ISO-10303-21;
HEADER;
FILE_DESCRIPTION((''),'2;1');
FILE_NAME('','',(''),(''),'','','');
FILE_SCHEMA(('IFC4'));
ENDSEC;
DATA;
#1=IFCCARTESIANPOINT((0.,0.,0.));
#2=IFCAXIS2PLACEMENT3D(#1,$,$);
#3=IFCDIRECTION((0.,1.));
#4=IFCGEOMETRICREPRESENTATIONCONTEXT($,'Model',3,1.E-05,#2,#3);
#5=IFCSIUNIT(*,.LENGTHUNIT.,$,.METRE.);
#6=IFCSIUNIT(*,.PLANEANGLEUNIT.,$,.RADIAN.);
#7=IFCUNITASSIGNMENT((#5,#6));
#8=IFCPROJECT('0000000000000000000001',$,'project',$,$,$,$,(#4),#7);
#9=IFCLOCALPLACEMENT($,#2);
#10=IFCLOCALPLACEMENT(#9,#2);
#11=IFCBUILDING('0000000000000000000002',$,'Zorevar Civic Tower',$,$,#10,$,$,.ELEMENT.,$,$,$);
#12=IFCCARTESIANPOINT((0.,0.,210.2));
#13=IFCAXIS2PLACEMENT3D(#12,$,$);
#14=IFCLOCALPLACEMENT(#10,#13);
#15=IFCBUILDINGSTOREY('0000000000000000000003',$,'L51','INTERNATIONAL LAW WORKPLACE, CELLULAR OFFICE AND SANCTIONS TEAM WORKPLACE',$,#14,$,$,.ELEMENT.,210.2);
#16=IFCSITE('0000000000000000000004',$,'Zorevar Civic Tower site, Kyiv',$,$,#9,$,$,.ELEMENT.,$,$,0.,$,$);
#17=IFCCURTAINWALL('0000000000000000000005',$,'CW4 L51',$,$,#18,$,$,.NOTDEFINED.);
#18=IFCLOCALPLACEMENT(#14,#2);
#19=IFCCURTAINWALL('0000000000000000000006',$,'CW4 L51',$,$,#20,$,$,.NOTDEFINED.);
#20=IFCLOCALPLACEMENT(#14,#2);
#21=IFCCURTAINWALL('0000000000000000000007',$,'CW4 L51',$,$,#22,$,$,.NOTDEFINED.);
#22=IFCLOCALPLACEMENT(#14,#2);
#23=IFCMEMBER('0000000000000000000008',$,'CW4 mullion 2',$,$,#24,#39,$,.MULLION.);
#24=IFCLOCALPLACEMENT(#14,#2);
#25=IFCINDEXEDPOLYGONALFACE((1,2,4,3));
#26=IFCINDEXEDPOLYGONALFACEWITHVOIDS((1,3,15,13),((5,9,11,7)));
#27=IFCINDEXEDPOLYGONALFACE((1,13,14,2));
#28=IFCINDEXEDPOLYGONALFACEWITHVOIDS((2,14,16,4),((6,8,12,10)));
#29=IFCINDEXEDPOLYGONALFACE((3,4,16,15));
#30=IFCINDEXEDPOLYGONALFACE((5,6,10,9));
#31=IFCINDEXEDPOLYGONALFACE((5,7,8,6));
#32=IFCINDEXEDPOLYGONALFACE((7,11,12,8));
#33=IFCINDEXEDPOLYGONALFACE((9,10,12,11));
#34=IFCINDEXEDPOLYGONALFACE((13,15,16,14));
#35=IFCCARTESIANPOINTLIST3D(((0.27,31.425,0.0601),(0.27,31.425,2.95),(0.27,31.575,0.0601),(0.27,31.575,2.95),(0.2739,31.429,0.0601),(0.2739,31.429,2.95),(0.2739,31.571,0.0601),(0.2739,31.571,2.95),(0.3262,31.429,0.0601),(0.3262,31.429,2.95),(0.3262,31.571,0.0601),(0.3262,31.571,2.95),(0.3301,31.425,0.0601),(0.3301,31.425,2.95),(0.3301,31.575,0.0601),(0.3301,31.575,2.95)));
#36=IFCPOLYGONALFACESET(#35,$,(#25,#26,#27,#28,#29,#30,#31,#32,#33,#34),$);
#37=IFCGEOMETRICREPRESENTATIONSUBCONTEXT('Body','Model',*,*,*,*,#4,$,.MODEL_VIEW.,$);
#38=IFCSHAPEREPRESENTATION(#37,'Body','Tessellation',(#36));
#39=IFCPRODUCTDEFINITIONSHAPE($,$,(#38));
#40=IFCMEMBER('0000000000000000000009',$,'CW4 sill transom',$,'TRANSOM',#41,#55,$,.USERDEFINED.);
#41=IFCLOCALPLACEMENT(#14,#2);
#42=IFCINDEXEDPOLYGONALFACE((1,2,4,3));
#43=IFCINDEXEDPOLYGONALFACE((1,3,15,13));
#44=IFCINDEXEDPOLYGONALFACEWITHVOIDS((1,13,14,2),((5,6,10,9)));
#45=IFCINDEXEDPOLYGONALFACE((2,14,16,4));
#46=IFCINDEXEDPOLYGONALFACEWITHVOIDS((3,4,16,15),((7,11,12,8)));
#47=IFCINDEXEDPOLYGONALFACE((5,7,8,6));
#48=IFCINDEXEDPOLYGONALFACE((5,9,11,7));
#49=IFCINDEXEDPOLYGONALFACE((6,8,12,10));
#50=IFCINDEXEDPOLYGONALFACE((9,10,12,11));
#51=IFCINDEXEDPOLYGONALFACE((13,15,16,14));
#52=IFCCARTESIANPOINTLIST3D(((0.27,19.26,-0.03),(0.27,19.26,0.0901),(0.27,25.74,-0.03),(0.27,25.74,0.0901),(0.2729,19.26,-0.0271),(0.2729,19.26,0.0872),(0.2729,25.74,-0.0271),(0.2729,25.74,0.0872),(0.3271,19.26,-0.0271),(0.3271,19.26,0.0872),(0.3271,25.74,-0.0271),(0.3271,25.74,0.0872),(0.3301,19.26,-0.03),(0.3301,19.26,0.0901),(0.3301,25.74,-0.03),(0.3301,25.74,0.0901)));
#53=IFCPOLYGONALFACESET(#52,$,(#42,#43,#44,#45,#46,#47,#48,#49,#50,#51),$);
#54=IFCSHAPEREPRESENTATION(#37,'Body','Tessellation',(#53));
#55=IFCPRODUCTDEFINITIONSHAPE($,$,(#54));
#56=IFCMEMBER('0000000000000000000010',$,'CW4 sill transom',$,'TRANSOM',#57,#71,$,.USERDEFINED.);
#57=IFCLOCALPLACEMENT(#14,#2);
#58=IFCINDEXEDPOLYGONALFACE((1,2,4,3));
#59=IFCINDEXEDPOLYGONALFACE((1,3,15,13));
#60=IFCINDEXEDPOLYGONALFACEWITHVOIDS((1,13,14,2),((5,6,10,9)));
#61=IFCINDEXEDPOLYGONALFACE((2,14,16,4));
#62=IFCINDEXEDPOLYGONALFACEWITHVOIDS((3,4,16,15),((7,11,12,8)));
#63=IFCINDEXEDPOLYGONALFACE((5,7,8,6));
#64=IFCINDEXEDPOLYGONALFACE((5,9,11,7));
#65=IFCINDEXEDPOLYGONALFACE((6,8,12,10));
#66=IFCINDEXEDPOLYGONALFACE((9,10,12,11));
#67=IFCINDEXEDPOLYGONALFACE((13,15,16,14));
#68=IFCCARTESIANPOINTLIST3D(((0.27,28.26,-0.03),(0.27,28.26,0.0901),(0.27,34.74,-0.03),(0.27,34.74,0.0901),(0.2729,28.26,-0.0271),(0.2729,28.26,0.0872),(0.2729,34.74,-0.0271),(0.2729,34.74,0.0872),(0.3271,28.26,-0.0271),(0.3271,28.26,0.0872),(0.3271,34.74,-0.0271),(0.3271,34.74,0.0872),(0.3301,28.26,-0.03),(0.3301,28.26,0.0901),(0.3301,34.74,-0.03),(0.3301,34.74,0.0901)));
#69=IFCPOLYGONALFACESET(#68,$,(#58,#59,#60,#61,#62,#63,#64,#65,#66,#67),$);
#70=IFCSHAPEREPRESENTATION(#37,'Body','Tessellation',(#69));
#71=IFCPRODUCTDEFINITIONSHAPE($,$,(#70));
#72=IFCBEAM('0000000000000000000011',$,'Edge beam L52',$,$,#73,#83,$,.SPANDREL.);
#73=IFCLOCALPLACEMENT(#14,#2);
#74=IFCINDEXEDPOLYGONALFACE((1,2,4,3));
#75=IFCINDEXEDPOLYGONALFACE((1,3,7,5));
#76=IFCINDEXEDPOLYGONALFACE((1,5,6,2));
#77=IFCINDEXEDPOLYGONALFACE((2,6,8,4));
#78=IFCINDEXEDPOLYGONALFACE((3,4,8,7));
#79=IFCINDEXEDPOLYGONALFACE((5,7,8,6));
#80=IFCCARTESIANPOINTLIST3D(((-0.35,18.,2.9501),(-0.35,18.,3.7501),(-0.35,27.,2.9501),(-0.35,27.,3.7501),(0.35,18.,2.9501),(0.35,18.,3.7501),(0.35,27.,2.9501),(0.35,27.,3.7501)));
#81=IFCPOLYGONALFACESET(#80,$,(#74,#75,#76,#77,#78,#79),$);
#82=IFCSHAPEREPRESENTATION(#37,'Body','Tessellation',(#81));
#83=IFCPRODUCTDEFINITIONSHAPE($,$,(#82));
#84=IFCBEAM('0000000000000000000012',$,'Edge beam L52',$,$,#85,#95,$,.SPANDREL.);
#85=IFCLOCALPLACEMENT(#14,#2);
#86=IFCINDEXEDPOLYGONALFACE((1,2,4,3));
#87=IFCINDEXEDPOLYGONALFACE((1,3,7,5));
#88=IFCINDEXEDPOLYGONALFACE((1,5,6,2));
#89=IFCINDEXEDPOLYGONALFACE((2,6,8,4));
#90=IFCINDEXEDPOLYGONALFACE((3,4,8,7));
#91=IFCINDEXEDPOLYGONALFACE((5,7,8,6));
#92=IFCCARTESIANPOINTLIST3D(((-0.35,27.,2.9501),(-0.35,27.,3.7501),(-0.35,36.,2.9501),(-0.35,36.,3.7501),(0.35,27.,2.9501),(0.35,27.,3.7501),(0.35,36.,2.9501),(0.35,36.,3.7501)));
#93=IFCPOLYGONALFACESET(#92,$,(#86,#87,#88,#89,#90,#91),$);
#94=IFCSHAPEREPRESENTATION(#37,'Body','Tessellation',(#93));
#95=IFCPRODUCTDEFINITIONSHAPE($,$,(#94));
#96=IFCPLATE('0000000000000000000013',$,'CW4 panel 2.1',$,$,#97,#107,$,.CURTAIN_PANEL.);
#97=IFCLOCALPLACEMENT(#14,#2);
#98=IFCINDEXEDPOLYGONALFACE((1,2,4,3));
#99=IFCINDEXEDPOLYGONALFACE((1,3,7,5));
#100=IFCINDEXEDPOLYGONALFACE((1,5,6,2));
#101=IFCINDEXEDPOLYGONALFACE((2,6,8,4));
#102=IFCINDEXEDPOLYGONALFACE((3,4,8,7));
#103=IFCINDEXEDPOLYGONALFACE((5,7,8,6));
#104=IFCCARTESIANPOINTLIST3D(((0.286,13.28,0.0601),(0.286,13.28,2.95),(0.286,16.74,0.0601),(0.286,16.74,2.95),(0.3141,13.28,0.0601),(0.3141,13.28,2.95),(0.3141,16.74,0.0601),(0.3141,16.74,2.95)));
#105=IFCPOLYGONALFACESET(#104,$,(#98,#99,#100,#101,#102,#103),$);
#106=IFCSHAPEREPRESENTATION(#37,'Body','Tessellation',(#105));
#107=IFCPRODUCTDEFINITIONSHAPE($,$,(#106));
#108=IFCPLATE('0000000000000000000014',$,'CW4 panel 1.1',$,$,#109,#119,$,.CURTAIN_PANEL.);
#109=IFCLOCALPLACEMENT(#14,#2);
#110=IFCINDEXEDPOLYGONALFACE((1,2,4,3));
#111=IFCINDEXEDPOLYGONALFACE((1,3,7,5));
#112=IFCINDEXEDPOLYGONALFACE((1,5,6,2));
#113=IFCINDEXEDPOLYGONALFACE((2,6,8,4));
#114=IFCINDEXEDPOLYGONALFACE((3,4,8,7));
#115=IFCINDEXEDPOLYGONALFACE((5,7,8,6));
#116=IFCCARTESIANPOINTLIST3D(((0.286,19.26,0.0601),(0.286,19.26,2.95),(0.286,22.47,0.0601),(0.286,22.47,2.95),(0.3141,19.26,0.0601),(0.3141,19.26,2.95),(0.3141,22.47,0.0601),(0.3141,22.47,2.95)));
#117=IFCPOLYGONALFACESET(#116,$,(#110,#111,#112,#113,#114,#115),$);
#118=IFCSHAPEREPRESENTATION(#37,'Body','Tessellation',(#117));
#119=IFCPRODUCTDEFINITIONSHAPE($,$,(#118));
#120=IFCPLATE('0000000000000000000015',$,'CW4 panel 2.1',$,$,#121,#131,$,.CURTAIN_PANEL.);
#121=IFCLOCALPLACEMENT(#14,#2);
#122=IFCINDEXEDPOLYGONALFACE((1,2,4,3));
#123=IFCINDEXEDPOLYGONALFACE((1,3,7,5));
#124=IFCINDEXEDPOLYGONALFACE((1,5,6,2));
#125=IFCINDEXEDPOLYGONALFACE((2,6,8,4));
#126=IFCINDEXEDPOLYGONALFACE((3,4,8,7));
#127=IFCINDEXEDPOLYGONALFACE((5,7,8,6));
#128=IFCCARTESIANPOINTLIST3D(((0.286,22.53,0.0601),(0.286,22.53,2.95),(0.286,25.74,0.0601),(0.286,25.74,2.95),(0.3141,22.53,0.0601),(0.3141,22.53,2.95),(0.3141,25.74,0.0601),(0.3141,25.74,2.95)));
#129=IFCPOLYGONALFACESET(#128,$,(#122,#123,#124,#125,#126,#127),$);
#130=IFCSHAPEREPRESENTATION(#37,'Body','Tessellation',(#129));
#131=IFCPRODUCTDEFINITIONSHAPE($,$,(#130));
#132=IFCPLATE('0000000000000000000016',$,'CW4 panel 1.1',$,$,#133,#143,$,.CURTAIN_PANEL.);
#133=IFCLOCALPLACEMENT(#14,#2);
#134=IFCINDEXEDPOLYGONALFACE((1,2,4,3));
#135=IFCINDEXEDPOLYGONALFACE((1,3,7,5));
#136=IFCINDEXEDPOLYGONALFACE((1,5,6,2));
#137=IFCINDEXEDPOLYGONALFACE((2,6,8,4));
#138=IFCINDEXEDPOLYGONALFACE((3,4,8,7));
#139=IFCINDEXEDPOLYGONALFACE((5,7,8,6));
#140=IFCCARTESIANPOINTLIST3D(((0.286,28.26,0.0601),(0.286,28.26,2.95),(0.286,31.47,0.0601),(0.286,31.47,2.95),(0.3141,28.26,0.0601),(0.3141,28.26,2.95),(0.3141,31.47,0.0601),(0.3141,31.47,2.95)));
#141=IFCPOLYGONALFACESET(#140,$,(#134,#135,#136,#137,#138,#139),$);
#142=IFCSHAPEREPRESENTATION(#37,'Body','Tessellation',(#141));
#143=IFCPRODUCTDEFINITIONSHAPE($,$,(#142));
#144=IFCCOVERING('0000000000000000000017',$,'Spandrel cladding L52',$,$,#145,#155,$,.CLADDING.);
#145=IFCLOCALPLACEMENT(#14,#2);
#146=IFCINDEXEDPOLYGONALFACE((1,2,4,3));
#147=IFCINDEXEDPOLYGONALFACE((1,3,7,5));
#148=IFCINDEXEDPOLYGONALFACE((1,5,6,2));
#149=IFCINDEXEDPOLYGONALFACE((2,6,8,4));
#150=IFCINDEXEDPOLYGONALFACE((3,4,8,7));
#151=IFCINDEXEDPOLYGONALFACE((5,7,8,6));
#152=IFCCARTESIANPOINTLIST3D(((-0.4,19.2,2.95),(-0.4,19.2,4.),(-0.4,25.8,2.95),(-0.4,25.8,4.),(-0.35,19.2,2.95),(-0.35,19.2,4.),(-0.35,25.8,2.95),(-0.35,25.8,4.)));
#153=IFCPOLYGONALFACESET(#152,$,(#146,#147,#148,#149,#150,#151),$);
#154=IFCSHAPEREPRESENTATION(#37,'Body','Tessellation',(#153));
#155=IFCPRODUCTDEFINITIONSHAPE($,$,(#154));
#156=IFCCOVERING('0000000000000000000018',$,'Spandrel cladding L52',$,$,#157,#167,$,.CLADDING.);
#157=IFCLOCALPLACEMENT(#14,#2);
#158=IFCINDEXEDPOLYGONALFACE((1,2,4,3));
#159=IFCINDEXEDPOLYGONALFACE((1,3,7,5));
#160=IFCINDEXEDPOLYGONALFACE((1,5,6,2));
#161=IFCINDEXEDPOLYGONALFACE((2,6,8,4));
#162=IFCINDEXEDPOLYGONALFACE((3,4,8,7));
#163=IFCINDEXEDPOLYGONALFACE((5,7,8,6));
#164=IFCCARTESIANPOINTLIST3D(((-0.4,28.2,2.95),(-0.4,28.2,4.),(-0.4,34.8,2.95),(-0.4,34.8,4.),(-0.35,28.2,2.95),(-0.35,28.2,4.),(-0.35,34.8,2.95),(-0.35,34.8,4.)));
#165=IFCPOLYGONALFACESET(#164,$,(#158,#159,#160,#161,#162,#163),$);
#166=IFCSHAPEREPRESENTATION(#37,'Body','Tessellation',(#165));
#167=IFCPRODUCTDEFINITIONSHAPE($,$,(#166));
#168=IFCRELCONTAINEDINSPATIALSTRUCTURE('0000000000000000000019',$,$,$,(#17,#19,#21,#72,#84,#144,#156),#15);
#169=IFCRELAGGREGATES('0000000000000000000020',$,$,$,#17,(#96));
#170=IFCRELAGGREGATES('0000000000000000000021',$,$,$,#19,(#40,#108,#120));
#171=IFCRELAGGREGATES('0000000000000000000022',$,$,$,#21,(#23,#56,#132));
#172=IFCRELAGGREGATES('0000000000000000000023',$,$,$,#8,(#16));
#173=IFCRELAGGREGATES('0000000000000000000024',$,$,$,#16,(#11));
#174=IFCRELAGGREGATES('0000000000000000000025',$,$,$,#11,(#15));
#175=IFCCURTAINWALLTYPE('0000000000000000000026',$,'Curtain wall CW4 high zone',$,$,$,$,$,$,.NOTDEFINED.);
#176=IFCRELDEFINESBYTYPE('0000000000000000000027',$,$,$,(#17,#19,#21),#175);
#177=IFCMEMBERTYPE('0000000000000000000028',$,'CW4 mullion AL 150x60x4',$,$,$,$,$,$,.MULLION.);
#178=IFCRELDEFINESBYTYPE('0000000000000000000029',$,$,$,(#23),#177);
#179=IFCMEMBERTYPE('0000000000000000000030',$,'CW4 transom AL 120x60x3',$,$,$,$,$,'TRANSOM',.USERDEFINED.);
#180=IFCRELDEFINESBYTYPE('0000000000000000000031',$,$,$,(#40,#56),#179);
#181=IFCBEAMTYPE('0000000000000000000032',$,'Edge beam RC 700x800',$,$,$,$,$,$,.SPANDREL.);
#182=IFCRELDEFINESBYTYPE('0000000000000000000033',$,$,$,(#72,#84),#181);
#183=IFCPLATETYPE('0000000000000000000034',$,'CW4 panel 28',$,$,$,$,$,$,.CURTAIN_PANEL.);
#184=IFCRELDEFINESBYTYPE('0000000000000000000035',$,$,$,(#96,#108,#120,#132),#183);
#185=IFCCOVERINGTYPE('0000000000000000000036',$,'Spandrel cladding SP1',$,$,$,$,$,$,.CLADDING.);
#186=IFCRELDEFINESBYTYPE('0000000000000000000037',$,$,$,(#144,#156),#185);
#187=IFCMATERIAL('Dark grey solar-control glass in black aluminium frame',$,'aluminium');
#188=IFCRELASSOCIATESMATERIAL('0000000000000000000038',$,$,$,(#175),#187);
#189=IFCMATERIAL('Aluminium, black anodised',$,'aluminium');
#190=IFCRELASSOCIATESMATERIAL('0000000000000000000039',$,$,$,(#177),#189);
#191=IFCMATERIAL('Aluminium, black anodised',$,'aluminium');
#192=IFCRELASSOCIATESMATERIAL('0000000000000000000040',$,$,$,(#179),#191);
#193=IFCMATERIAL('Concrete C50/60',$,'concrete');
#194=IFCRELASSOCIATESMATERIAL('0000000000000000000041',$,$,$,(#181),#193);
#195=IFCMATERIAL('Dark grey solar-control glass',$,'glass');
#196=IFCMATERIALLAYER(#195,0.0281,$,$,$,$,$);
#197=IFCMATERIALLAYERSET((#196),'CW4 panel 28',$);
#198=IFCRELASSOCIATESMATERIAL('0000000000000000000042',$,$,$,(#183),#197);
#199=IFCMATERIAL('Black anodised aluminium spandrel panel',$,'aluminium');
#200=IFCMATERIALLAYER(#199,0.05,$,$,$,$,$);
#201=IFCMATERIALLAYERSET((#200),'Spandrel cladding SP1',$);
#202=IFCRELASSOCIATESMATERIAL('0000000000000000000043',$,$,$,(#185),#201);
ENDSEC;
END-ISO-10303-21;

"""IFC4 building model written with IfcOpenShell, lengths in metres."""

from ifc_helpers import new_model, si_unit, direction, frame, frame_2d, origin, origin_2d, place, context, subcontext, project, spatial, rectangle, hollow_rectangle, extrude, material, layer, layer_set, material_profile, profile_set, type_object, element, aggregate, save


model = new_model("IFC4")

# Units and contexts
model_context = context("Model", 3, precision=1e-05, world=origin(), true_north=direction((0.0, 1.0)))
body_context = subcontext(model_context, "Body", "Model", "MODEL_VIEW")
ifc_project = project(units=[si_unit("LENGTHUNIT", "METRE"), si_unit("PLANEANGLEUNIT", "RADIAN")], contexts=[model_context])

# Site, building, storey
site_placement = place(None, origin())
site = spatial("IfcSite", under=ifc_project, at=site_placement, Name="Zorevar Civic Tower site, Kyiv", CompositionType="ELEMENT", RefElevation=0.0)
building_placement = place(site_placement, origin())
building = spatial("IfcBuilding", under=site, at=building_placement, Name="Zorevar Civic Tower", CompositionType="ELEMENT")
storey_placement = place(building_placement, frame((0.0, 0.0, 210.2)))
storey = spatial("IfcBuildingStorey", under=building, at=storey_placement, Name="L51", Description="INTERNATIONAL LAW WORKPLACE, CELLULAR OFFICE AND SANCTIONS TEAM WORKPLACE", CompositionType="ELEMENT", Elevation=210.2)

# Curtain walls, member
ifc_material_1 = material(Name="Dark grey solar-control glass in black aluminium frame", Category="aluminium")
curtain_wall_type = type_object("IfcCurtainWallType", Name="Curtain wall CW4 high zone", PredefinedType="NOTDEFINED", material=ifc_material_1)
curtain_wall_1_placement = place(storey_placement, origin())
curtain_wall_1 = element("IfcCurtainWall", 1, at=curtain_wall_1_placement, inside=storey, type_object=curtain_wall_type, Name="CW4 L51", PredefinedType="NOTDEFINED")
ifc_material_2 = material(Name="Aluminium, black anodised", Category="aluminium")
ifc_material_profile_1 = material_profile(ifc_material_2, hollow_rectangle(XDim=0.0601, YDim=0.1499, WallThickness=0.0039, at=origin_2d()), Name="AL 150x60x4")
ifc_profile_set_1 = profile_set([ifc_material_profile_1], Name="Aluminium, black anodised")
member_type_1 = type_object("IfcMemberType", Name="CW4 mullion AL 150x60x4", PredefinedType="MULLION", material=ifc_profile_set_1)
curtain_wall_2_placement = place(storey_placement, origin())
curtain_wall_2 = element("IfcCurtainWall", 2, at=curtain_wall_2_placement, inside=storey, type_object=curtain_wall_type, Name="CW4 L51", PredefinedType="NOTDEFINED")
curtain_wall_3_placement = place(storey_placement, origin())
curtain_wall_3 = element("IfcCurtainWall", 3, at=curtain_wall_3_placement, inside=storey, type_object=curtain_wall_type, Name="CW4 L51", PredefinedType="NOTDEFINED")
member_1_placement = place(storey_placement, frame((0.3, 31.5, 0.0601), z_axis=(0.0, 0.0, 1.0), x_axis=(-1.0, 0.0, 0.0)))
member_1 = element("IfcMember", 4, at=member_1_placement, type_object=member_type_1, Name="CW4 mullion 2", PredefinedType="MULLION", context=body_context, shape_type="SweptSolid", body=[
    extrude(hollow_rectangle(XDim=0.0601, YDim=0.1499, WallThickness=0.0039, at=origin_2d()), origin(), (0.0, 0.0, 1.0), 2.8899),
])

# Members
ifc_material_3 = material(Name="Aluminium, black anodised", Category="aluminium")
ifc_material_profile_2 = material_profile(ifc_material_3, hollow_rectangle(XDim=0.0601, YDim=0.1201, WallThickness=0.0029, at=origin_2d()), Name="AL 120x60x3")
ifc_profile_set_2 = profile_set([ifc_material_profile_2], Name="Aluminium, black anodised")
member_type_2 = type_object("IfcMemberType", Name="CW4 transom AL 120x60x3", ElementType="TRANSOM", PredefinedType="USERDEFINED", material=ifc_profile_set_2)
member_2_placement = place(storey_placement, frame((0.3, 19.26, 0.03), z_axis=(0.0, 1.0, 0.0), x_axis=(-1.0, 0.0, 0.0)))
member_2 = element("IfcMember", 5, at=member_2_placement, type_object=member_type_2, Name="CW4 sill transom", ObjectType="TRANSOM", PredefinedType="USERDEFINED", context=body_context, shape_type="SweptSolid", body=[
    extrude(hollow_rectangle(XDim=0.0601, YDim=0.1201, WallThickness=0.0029, at=origin_2d()), origin(), (0.0, 0.0, 1.0), 6.48),
])
member_3_placement = place(storey_placement, frame((0.3, 28.26, 0.03), z_axis=(0.0, 1.0, 0.0), x_axis=(-1.0, 0.0, 0.0)))
member_3 = element("IfcMember", 6, at=member_3_placement, type_object=member_type_2, Name="CW4 sill transom", ObjectType="TRANSOM", PredefinedType="USERDEFINED", context=body_context, shape_type="SweptSolid", body=[
    extrude(hollow_rectangle(XDim=0.0601, YDim=0.1201, WallThickness=0.0029, at=origin_2d()), origin(), (0.0, 0.0, 1.0), 6.48),
])

# Beams
ifc_material_4 = material(Name="Concrete C50/60", Category="concrete")
ifc_material_profile_3 = material_profile(ifc_material_4, rectangle(XDim=0.7, YDim=0.8, at=origin_2d()), Name="RC 700x800")
ifc_profile_set_3 = profile_set([ifc_material_profile_3], Name="Concrete C50/60")
beam_type_1 = type_object("IfcBeamType", Name="Edge beam RC 700x800", PredefinedType="SPANDREL", material=ifc_profile_set_3)
for number, where, z_axis, x_axis, name in (
    (7, (0.0, 18.0, 3.3501), (0.0, 1.0, 0.0), (-1.0, 0.0, 0.0), "Edge beam L52"),
    (8, (0.0, 27.0, 3.3501), (0.0, 1.0, 0.0), (-1.0, 0.0, 0.0), "Edge beam L52"),
):
    element("IfcBeam", number, at=place(storey_placement, frame(where, z_axis=z_axis, x_axis=x_axis)), inside=storey, type_object=beam_type_1, Name=name, PredefinedType="SPANDREL", context=body_context, shape_type="SweptSolid", body=[
        extrude(rectangle(XDim=0.7, YDim=0.8, at=origin_2d()), origin(), (0.0, 0.0, 1.0), 9.0),
    ])

# Plates
ifc_material_5 = material(Name="Dark grey solar-control glass", Category="glass")
ifc_layer_1 = layer(ifc_material_5, 0.0281)
ifc_layer_set_1 = layer_set([ifc_layer_1], Name="CW4 panel 28")
plate_type = type_object("IfcPlateType", Name="CW4 panel 28", PredefinedType="CURTAIN_PANEL", material=ifc_layer_set_1)
plate_1_placement = place(storey_placement, frame((0.3, 15.01, 0.0601), z_axis=(0.0, 0.0, 1.0), x_axis=(0.0, 1.0, 0.0)))
plate_1 = element("IfcPlate", 9, at=plate_1_placement, type_object=plate_type, Name="CW4 panel 2.1", PredefinedType="CURTAIN_PANEL", context=body_context, shape_type="SweptSolid", body=[
    extrude(rectangle(XDim=3.46, YDim=0.0281, at=origin_2d()), origin(), (0.0, 0.0, 1.0), 2.8899),
])
aggregate(curtain_wall_1, [plate_1])
plate_2_placement = place(storey_placement, frame((0.3, 20.865, 0.0601), z_axis=(0.0, 0.0, 1.0), x_axis=(0.0, 1.0, 0.0)))
plate_2 = element("IfcPlate", 10, at=plate_2_placement, type_object=plate_type, Name="CW4 panel 1.1", PredefinedType="CURTAIN_PANEL", context=body_context, shape_type="SweptSolid", body=[
    extrude(rectangle(XDim=3.21, YDim=0.0281, at=origin_2d()), origin(), (0.0, 0.0, 1.0), 2.8899),
])
plate_3_placement = place(storey_placement, frame((0.3, 24.135, 0.0601), z_axis=(0.0, 0.0, 1.0), x_axis=(0.0, 1.0, 0.0)))
plate_3 = element("IfcPlate", 11, at=plate_3_placement, type_object=plate_type, Name="CW4 panel 2.1", PredefinedType="CURTAIN_PANEL", context=body_context, shape_type="SweptSolid", body=[
    extrude(rectangle(XDim=3.21, YDim=0.0281, at=origin_2d()), origin(), (0.0, 0.0, 1.0), 2.8899),
])
aggregate(curtain_wall_2, [member_2, plate_2, plate_3])
plate_4_placement = place(storey_placement, frame((0.3, 29.865, 0.0601), z_axis=(0.0, 0.0, 1.0), x_axis=(0.0, 1.0, 0.0)))
plate_4 = element("IfcPlate", 12, at=plate_4_placement, type_object=plate_type, Name="CW4 panel 1.1", PredefinedType="CURTAIN_PANEL", context=body_context, shape_type="SweptSolid", body=[
    extrude(rectangle(XDim=3.21, YDim=0.0281, at=origin_2d()), origin(), (0.0, 0.0, 1.0), 2.8899),
])
aggregate(curtain_wall_3, [member_1, member_3, plate_4])

# Coverings
ifc_material_6 = material(Name="Black anodised aluminium spandrel panel", Category="aluminium")
ifc_layer_2 = layer(ifc_material_6, 0.05)
ifc_layer_set_2 = layer_set([ifc_layer_2], Name="Spandrel cladding SP1")
covering_type = type_object("IfcCoveringType", Name="Spandrel cladding SP1", PredefinedType="CLADDING", material=ifc_layer_set_2)
for number, where, z_axis, x_axis, name in (
    (13, (-0.375, 19.2, 2.95), (0.0, 0.0, 1.0), (0.0, 1.0, 0.0), "Spandrel cladding L52"),
    (14, (-0.375, 28.2, 2.95), (0.0, 0.0, 1.0), (0.0, 1.0, 0.0), "Spandrel cladding L52"),
):
    element("IfcCovering", number, at=place(storey_placement, frame(where, z_axis=z_axis, x_axis=x_axis)), inside=storey, type_object=covering_type, Name=name, PredefinedType="CLADDING", context=body_context, shape_type="SweptSolid", body=[
        extrude(rectangle(XDim=6.6001, YDim=0.05, at=frame_2d((3.3, 0.0))), origin(), (0.0, 0.0, 1.0), 1.05),
    ])

save(model, "model.ifc")
